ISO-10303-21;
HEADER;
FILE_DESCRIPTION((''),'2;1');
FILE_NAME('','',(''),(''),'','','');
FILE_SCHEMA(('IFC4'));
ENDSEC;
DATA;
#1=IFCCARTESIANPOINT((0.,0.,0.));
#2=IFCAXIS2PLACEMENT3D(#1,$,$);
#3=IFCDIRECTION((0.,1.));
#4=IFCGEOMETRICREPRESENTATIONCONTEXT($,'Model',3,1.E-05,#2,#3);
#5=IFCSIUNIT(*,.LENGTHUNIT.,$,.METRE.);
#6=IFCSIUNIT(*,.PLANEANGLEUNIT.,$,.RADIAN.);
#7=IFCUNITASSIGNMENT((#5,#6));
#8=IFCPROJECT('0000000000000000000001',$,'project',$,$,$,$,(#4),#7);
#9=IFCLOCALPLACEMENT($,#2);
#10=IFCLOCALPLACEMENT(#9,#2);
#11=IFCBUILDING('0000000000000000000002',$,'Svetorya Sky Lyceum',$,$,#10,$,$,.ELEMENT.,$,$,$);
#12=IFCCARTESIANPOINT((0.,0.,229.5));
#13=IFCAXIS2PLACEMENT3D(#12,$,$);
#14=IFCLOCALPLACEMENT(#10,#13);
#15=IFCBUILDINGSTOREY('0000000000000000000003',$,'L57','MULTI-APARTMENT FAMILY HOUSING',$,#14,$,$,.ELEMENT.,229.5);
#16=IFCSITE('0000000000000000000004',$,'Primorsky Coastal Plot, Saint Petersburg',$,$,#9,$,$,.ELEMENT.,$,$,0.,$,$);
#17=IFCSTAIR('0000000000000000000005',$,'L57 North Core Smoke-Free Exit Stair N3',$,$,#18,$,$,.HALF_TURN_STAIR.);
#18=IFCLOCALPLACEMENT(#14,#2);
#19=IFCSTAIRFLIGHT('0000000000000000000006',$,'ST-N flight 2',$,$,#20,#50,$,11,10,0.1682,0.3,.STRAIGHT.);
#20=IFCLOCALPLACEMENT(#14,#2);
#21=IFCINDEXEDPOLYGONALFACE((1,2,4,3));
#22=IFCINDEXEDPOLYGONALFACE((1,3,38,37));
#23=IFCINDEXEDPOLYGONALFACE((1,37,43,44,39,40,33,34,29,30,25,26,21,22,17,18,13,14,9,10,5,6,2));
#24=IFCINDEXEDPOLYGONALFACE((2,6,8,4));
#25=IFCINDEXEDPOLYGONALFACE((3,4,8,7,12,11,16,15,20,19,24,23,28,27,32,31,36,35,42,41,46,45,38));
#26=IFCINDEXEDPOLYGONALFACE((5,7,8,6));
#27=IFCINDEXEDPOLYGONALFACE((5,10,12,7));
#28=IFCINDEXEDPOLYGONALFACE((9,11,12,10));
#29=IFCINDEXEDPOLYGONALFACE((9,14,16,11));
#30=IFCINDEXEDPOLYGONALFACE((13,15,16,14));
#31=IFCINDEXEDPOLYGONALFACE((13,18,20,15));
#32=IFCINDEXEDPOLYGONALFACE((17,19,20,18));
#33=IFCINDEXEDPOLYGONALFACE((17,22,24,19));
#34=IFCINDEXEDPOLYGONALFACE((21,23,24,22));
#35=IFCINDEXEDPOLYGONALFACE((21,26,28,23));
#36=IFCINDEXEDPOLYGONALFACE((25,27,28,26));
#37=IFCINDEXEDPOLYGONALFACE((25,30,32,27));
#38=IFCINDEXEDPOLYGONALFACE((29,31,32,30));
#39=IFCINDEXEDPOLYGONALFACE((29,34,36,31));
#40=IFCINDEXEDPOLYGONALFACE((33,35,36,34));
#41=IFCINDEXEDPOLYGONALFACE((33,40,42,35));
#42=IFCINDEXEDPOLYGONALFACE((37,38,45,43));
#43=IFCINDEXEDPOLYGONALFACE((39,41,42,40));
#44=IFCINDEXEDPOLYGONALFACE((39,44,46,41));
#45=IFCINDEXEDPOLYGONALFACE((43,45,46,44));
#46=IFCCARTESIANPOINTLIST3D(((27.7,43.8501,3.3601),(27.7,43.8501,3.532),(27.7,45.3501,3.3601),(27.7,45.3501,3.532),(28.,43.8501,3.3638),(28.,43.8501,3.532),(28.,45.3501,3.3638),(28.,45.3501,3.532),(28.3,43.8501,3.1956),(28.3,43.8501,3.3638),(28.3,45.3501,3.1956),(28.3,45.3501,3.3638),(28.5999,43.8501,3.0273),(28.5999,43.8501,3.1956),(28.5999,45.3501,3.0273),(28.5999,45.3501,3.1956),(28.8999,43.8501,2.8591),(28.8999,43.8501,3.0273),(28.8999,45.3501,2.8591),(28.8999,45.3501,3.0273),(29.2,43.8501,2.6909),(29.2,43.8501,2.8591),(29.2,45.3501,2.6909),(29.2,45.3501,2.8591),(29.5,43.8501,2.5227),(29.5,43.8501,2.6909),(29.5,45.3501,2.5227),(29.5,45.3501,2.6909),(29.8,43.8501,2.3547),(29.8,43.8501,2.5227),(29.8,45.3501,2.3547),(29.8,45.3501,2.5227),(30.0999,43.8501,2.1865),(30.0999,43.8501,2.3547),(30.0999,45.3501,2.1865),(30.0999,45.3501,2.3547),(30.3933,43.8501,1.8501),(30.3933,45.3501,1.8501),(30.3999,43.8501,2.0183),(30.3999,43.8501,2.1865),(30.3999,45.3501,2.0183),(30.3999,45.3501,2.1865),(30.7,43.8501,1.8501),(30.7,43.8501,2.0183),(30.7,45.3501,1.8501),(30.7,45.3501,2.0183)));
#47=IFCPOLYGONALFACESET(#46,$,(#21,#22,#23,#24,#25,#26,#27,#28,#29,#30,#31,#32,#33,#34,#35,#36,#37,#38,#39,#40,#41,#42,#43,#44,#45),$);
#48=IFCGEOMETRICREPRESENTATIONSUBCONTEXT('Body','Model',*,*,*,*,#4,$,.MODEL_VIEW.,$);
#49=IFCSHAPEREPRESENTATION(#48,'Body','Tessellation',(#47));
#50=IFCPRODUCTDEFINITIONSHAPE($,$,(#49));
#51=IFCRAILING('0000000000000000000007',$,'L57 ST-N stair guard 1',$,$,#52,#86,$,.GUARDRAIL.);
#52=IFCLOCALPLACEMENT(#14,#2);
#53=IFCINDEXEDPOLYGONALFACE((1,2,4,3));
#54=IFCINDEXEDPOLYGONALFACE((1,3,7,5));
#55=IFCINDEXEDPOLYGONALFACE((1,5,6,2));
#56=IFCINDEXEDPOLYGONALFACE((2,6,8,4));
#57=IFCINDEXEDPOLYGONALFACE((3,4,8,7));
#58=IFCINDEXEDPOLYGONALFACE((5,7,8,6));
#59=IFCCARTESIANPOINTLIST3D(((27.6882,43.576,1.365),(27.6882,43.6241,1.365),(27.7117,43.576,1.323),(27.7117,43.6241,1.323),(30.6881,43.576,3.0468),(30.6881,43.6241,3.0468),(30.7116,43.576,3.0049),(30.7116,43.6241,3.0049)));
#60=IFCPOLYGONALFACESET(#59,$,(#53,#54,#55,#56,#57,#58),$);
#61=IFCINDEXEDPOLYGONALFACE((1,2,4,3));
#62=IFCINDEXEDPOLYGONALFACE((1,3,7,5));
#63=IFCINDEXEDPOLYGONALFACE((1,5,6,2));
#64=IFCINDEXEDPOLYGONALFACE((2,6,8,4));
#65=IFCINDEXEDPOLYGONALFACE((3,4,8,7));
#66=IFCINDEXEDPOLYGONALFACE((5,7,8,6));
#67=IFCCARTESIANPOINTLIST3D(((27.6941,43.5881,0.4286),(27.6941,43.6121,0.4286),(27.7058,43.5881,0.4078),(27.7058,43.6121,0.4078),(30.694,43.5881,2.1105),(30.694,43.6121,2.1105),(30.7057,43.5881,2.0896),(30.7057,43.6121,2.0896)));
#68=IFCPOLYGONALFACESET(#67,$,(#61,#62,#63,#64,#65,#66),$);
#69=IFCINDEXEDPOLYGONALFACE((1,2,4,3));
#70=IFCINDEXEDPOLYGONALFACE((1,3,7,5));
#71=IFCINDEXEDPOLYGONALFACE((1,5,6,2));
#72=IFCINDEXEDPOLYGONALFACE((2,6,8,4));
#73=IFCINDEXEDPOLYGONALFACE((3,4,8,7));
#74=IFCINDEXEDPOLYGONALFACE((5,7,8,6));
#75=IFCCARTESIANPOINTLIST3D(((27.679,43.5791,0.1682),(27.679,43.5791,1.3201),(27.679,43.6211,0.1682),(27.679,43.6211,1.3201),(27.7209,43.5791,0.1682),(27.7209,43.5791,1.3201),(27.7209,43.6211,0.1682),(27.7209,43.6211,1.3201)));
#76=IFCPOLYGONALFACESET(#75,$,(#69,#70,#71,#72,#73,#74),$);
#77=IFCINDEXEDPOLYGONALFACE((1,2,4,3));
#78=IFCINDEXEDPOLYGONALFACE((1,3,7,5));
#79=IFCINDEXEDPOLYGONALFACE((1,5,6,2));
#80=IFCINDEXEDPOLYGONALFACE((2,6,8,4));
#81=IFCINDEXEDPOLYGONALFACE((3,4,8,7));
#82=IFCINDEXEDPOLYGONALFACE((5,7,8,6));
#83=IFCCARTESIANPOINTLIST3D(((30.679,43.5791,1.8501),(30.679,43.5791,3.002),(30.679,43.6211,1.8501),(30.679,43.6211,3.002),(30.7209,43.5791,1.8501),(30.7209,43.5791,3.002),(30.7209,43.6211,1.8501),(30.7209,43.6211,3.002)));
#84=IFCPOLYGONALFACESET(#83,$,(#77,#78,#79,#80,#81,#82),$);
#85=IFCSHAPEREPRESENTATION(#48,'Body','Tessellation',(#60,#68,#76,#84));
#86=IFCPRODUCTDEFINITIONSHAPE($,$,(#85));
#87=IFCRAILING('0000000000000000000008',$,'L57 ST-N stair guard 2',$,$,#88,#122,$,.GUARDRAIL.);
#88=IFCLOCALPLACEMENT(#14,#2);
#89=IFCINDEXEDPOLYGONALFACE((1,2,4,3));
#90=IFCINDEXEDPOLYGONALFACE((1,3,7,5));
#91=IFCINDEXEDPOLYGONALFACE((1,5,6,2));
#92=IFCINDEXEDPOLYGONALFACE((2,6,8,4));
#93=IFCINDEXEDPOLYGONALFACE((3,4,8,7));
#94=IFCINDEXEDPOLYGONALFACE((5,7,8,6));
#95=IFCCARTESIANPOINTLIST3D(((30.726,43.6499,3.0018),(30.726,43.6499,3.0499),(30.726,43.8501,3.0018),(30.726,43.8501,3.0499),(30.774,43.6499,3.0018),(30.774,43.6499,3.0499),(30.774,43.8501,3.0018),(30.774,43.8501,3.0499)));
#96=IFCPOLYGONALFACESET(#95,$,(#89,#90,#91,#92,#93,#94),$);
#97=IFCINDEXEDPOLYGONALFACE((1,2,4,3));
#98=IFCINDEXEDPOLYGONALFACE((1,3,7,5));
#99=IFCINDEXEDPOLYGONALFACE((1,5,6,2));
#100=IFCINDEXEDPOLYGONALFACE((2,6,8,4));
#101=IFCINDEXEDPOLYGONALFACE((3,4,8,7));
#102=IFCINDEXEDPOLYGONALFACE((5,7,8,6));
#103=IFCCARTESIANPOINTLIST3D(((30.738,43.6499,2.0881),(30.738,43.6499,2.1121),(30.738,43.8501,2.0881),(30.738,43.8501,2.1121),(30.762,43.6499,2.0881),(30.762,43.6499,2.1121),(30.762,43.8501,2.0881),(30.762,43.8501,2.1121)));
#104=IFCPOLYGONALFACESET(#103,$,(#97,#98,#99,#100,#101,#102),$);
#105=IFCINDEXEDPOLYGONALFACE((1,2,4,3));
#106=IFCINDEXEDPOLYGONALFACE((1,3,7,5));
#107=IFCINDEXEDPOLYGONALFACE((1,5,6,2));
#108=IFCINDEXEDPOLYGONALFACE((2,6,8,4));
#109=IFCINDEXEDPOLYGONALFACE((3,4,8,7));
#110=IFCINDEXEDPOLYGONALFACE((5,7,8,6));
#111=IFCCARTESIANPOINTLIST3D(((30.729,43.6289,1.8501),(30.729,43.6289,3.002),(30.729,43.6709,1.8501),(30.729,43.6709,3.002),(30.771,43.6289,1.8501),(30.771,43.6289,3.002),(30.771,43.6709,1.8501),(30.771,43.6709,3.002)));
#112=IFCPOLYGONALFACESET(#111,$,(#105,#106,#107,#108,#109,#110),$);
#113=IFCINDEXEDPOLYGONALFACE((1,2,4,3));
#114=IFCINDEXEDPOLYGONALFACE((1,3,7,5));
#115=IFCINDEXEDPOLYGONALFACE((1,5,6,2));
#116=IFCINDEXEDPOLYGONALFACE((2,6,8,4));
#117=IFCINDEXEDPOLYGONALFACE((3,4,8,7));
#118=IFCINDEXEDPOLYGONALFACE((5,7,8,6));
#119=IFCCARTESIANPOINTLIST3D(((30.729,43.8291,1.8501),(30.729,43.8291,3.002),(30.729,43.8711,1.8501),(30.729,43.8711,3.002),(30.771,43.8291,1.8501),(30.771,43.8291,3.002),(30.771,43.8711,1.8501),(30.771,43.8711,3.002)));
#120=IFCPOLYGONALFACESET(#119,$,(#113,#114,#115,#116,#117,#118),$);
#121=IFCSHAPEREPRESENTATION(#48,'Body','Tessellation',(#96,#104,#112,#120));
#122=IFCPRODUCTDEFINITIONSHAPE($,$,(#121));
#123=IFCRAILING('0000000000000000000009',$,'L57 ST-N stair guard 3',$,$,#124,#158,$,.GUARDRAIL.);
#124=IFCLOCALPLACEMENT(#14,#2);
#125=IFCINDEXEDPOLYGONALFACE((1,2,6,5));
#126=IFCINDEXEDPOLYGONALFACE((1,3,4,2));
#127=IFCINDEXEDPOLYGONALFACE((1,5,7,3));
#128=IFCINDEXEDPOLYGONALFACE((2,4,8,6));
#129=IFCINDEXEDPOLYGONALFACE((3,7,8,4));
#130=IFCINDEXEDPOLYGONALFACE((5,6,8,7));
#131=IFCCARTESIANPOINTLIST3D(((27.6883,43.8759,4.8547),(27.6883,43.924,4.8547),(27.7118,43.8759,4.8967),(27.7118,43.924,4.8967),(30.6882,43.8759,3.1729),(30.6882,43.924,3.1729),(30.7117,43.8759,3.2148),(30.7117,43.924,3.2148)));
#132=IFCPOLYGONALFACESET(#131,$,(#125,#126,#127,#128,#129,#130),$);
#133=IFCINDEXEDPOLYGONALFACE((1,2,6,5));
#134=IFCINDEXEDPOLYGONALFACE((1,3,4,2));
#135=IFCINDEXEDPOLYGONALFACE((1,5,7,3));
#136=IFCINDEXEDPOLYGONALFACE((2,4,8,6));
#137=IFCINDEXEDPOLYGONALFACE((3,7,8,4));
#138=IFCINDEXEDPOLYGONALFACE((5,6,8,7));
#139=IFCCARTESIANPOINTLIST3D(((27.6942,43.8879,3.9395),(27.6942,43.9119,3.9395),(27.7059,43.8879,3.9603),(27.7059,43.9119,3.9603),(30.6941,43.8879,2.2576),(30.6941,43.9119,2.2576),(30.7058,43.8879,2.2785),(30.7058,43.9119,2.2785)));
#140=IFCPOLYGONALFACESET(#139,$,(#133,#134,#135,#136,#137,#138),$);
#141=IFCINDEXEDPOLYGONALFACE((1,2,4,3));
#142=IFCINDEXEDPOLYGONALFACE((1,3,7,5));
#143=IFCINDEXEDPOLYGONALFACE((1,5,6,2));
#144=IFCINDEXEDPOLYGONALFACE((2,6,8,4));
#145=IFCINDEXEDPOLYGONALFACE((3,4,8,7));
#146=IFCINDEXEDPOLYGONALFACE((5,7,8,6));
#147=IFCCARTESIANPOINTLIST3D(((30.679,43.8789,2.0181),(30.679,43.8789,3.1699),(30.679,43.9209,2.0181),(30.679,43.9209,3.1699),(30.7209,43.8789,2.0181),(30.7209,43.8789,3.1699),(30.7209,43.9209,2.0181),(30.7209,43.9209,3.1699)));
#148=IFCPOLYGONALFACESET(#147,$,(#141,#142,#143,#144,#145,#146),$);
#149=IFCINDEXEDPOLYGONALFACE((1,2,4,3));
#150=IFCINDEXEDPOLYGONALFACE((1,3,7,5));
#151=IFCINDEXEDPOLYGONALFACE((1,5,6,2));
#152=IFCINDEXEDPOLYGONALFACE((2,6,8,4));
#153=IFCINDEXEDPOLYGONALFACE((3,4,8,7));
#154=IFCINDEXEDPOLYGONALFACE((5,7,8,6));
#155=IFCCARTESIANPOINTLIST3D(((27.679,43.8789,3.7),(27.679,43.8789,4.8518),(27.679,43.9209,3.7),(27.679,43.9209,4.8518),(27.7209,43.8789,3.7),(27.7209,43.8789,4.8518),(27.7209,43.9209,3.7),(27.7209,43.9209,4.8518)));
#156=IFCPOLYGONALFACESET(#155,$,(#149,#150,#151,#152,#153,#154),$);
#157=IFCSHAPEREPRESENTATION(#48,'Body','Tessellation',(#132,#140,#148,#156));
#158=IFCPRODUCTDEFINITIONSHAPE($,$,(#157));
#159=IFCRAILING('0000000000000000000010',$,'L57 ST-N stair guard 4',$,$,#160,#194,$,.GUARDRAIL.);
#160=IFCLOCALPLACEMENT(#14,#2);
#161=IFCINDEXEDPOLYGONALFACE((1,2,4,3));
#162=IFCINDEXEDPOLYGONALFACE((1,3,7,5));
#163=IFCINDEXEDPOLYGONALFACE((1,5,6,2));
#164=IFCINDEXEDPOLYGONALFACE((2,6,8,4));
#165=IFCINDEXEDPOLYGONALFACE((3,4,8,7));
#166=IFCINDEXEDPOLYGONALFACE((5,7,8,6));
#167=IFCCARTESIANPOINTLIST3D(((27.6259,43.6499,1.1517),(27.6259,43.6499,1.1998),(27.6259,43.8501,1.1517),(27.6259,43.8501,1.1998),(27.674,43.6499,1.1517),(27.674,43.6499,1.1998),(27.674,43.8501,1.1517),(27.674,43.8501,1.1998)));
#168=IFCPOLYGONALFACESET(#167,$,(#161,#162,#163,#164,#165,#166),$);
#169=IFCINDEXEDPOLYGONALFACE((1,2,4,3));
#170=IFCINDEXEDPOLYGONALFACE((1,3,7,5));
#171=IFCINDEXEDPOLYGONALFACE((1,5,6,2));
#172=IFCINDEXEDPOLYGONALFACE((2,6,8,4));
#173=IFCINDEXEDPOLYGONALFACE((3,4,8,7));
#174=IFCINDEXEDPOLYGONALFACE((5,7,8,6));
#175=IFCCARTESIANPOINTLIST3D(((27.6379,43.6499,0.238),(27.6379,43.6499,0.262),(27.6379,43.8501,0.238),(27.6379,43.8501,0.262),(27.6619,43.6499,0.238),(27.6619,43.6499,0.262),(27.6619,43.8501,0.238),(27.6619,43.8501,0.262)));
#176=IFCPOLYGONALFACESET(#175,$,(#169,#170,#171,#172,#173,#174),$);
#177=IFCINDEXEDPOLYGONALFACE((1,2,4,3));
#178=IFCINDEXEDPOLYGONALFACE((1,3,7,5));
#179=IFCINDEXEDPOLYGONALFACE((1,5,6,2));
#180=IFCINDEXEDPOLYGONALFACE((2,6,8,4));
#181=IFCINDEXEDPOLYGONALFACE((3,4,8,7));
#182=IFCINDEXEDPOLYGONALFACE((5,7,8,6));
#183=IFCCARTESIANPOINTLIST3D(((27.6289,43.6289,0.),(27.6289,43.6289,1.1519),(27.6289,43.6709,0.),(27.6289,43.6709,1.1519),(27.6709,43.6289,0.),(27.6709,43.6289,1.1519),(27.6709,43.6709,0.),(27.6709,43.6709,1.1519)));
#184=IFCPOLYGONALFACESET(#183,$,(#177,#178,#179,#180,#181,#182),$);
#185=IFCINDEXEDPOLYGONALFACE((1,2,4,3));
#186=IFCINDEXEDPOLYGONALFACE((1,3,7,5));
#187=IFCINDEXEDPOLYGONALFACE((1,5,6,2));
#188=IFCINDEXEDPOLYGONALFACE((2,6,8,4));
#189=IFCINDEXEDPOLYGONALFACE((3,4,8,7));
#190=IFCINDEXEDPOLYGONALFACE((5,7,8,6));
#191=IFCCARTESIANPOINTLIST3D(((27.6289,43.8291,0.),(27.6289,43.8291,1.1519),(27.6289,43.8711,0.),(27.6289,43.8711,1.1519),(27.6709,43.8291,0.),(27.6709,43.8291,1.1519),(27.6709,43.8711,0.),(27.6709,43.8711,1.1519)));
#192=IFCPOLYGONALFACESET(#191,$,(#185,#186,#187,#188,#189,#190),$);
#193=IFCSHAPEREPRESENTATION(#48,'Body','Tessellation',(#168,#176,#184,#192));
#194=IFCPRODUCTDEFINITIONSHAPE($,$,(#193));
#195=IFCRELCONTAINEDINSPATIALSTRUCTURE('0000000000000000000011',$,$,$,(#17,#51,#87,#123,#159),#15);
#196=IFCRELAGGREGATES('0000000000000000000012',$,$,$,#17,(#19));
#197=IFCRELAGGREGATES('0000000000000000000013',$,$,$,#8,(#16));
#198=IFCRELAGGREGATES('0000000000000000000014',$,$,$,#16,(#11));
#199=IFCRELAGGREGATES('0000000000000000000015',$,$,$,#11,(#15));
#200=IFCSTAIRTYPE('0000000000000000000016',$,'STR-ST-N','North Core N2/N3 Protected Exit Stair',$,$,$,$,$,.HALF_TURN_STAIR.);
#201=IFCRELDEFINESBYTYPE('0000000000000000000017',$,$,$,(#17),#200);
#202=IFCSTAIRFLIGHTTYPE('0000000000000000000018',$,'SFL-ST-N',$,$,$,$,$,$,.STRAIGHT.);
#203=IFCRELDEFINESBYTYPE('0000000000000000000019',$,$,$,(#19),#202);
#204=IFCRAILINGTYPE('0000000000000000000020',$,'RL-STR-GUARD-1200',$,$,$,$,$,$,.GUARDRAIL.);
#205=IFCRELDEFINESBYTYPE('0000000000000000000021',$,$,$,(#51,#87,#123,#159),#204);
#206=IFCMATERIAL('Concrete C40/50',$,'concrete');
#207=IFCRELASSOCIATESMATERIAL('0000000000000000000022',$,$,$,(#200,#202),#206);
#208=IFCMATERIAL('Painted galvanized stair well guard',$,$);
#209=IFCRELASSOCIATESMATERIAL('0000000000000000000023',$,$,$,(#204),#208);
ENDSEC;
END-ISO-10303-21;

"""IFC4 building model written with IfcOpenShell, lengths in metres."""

from ifc_helpers import new_model, si_unit, direction, frame, origin, origin_2d, place, context, subcontext, project, spatial, polyline, rectangle, outline, extrude, material, type_object, element, aggregate, save


model = new_model("IFC4")

# Units and contexts
model_context = context("Model", 3, precision=1e-05, world=origin(), true_north=direction((0.0, 1.0)))
body_context = subcontext(model_context, "Body", "Model", "MODEL_VIEW")
ifc_project = project(units=[si_unit("LENGTHUNIT", "METRE"), si_unit("PLANEANGLEUNIT", "RADIAN")], contexts=[model_context])

# Site, building, storey
site_placement = place(None, origin())
site = spatial("IfcSite", under=ifc_project, at=site_placement, Name="Primorsky Coastal Plot, Saint Petersburg", CompositionType="ELEMENT", RefElevation=0.0)
building_placement = place(site_placement, origin())
building = spatial("IfcBuilding", under=site, at=building_placement, Name="Svetorya Sky Lyceum", CompositionType="ELEMENT")
storey_placement = place(building_placement, frame((0.0, 0.0, 229.5)))
storey = spatial("IfcBuildingStorey", under=building, at=storey_placement, Name="L57", Description="MULTI-APARTMENT FAMILY HOUSING", CompositionType="ELEMENT", Elevation=229.5)

# Stair, stair flight
ifc_material_1 = material(Name="Concrete C40/50", Category="concrete")
stair_type = type_object("IfcStairType", Name="STR-ST-N", Description="North Core N2/N3 Protected Exit Stair", PredefinedType="HALF_TURN_STAIR", material=ifc_material_1)
stair_placement = place(storey_placement, origin())
stair = element("IfcStair", 1, at=stair_placement, inside=storey, type_object=stair_type, Name="L57 North Core Smoke-Free Exit Stair N3", PredefinedType="HALF_TURN_STAIR")
stair_flight_type = type_object("IfcStairFlightType", Name="SFL-ST-N", PredefinedType="STRAIGHT", material=ifc_material_1)
stair_flight_1_placement = place(storey_placement, frame((30.7, 44.6001, 1.8501), z_axis=(0.0, 0.0, 1.0), x_axis=(-1.0, 0.0, 0.0)))
stair_flight_1 = element("IfcStairFlight", 2, at=stair_flight_1_placement, type_object=stair_flight_type, Name="ST-N flight 2", NumberOfRisers=11, NumberOfTreads=10, PredefinedType="STRAIGHT", RiserHeight=0.1682, TreadLength=0.3, context=body_context, shape_type="SweptSolid", body=[
    extrude(outline(polyline([(0.0, 0.0), (0.0, 0.1682), (0.3, 0.1682), (0.3, 0.3364), (0.6001, 0.3364), (0.6001, 0.5046), (0.8999, 0.5046), (0.8999, 0.6726), (1.2, 0.6726), (1.2, 0.8408), (1.5, 0.8408), (1.5, 1.009), (1.8, 1.009), (1.8, 1.1772), (2.1001, 1.1772), (2.1001, 1.3455), (2.3999, 1.3455), (2.3999, 1.5137), (2.7, 1.5137), (2.7, 1.6819), (3.0, 1.6819), (3.0, 1.8501), (3.0, 1.51), (0.3066, 0.0), (0.0, 0.0)])), frame((0.0, 0.75, 0.0), z_axis=(0.0, -1.0, 0.0), x_axis=(1.0, 0.0, 0.0)), (0.0, 0.0, 1.0), 1.5),
])
aggregate(stair, [stair_flight_1])

# Railings
ifc_material_2 = material(Name="Painted galvanized stair well guard")
railing_type_1 = type_object("IfcRailingType", Name="RL-STR-GUARD-1200", PredefinedType="GUARDRAIL", material=ifc_material_2)
railing_1_placement = place(storey_placement, frame((27.7, 43.6001, 0.1682)))
element("IfcRailing", 3, at=railing_1_placement, inside=storey, type_object=railing_type_1, Name="L57 ST-N stair guard 1", PredefinedType="GUARDRAIL", context=body_context, shape_type="SweptSolid", body=[
    extrude(rectangle(XDim=0.0481, YDim=0.0481, at=origin_2d()), frame((0.0, 0.0, 1.1758), z_axis=(0.872272, 0.0, 0.48902), x_axis=(0.0, 1.0, 0.0)), (0.0, 0.0, 1.0), 3.4392),
    extrude(rectangle(XDim=0.0239, YDim=0.0239, at=origin_2d()), frame((0.0, 0.0, 0.25), z_axis=(0.872272, 0.0, 0.48902), x_axis=(0.0, 1.0, 0.0)), (0.0, 0.0, 1.0), 3.4392),
    extrude(rectangle(XDim=0.042, YDim=0.042, at=origin_2d()), origin(), (0.0, 0.0, 1.0), 1.1519),
    extrude(rectangle(XDim=0.042, YDim=0.042, at=origin_2d()), frame((3.0, 0.0, 1.6819)), (0.0, 0.0, 1.0), 1.1519),
])
railing_2_placement = place(storey_placement, frame((30.75, 43.6499, 1.8501)))
element("IfcRailing", 4, at=railing_2_placement, inside=storey, type_object=railing_type_1, Name="L57 ST-N stair guard 2", PredefinedType="GUARDRAIL", context=body_context, shape_type="SweptSolid", body=[
    extrude(rectangle(XDim=0.0481, YDim=0.0481, at=origin_2d()), frame((0.0, 0.0, 1.1758), z_axis=(0.0, 1.0, 0.0), x_axis=(-1.0, 0.0, 0.0)), (0.0, 0.0, 1.0), 0.2002),
    extrude(rectangle(XDim=0.0239, YDim=0.0239, at=origin_2d()), frame((0.0, 0.0, 0.25), z_axis=(0.0, 1.0, 0.0), x_axis=(-1.0, 0.0, 0.0)), (0.0, 0.0, 1.0), 0.2002),
    extrude(rectangle(XDim=0.042, YDim=0.042, at=origin_2d()), origin(), (0.0, 0.0, 1.0), 1.1519),
    extrude(rectangle(XDim=0.042, YDim=0.042, at=origin_2d()), frame((0.0, 0.2002, 0.0)), (0.0, 0.0, 1.0), 1.1519),
])
railing_3_placement = place(storey_placement, frame((30.7, 43.8999, 2.0181)))
element("IfcRailing", 5, at=railing_3_placement, inside=storey, type_object=railing_type_1, Name="L57 ST-N stair guard 3", PredefinedType="GUARDRAIL", context=body_context, shape_type="SweptSolid", body=[
    extrude(rectangle(XDim=0.0481, YDim=0.0481, at=origin_2d()), frame((0.0, 0.0, 1.1758), z_axis=(-0.872272, 0.0, 0.48902), x_axis=(0.0, -1.0, 0.0)), (0.0, 0.0, 1.0), 3.4392),
    extrude(rectangle(XDim=0.0239, YDim=0.0239, at=origin_2d()), frame((0.0, 0.0, 0.25), z_axis=(-0.872272, 0.0, 0.48902), x_axis=(0.0, -1.0, 0.0)), (0.0, 0.0, 1.0), 3.4392),
    extrude(rectangle(XDim=0.042, YDim=0.042, at=origin_2d()), origin(), (0.0, 0.0, 1.0), 1.1519),
    extrude(rectangle(XDim=0.042, YDim=0.042, at=origin_2d()), frame((-3.0, 0.0, 1.6819)), (0.0, 0.0, 1.0), 1.1519),
])
railing_4_placement = place(storey_placement, frame((27.6499, 43.6499, 0.0)))
element("IfcRailing", 6, at=railing_4_placement, inside=storey, type_object=railing_type_1, Name="L57 ST-N stair guard 4", PredefinedType="GUARDRAIL", context=body_context, shape_type="SweptSolid", body=[
    extrude(rectangle(XDim=0.0481, YDim=0.0481, at=origin_2d()), frame((0.0, 0.0, 1.1758), z_axis=(0.0, 1.0, 0.0), x_axis=(-1.0, 0.0, 0.0)), (0.0, 0.0, 1.0), 0.2002),
    extrude(rectangle(XDim=0.0239, YDim=0.0239, at=origin_2d()), frame((0.0, 0.0, 0.25), z_axis=(0.0, 1.0, 0.0), x_axis=(-1.0, 0.0, 0.0)), (0.0, 0.0, 1.0), 0.2002),
    extrude(rectangle(XDim=0.042, YDim=0.042, at=origin_2d()), origin(), (0.0, 0.0, 1.0), 1.1519),
    extrude(rectangle(XDim=0.042, YDim=0.042, at=origin_2d()), frame((0.0, 0.2002, 0.0)), (0.0, 0.0, 1.0), 1.1519),
])

save(model, "model.ifc")
